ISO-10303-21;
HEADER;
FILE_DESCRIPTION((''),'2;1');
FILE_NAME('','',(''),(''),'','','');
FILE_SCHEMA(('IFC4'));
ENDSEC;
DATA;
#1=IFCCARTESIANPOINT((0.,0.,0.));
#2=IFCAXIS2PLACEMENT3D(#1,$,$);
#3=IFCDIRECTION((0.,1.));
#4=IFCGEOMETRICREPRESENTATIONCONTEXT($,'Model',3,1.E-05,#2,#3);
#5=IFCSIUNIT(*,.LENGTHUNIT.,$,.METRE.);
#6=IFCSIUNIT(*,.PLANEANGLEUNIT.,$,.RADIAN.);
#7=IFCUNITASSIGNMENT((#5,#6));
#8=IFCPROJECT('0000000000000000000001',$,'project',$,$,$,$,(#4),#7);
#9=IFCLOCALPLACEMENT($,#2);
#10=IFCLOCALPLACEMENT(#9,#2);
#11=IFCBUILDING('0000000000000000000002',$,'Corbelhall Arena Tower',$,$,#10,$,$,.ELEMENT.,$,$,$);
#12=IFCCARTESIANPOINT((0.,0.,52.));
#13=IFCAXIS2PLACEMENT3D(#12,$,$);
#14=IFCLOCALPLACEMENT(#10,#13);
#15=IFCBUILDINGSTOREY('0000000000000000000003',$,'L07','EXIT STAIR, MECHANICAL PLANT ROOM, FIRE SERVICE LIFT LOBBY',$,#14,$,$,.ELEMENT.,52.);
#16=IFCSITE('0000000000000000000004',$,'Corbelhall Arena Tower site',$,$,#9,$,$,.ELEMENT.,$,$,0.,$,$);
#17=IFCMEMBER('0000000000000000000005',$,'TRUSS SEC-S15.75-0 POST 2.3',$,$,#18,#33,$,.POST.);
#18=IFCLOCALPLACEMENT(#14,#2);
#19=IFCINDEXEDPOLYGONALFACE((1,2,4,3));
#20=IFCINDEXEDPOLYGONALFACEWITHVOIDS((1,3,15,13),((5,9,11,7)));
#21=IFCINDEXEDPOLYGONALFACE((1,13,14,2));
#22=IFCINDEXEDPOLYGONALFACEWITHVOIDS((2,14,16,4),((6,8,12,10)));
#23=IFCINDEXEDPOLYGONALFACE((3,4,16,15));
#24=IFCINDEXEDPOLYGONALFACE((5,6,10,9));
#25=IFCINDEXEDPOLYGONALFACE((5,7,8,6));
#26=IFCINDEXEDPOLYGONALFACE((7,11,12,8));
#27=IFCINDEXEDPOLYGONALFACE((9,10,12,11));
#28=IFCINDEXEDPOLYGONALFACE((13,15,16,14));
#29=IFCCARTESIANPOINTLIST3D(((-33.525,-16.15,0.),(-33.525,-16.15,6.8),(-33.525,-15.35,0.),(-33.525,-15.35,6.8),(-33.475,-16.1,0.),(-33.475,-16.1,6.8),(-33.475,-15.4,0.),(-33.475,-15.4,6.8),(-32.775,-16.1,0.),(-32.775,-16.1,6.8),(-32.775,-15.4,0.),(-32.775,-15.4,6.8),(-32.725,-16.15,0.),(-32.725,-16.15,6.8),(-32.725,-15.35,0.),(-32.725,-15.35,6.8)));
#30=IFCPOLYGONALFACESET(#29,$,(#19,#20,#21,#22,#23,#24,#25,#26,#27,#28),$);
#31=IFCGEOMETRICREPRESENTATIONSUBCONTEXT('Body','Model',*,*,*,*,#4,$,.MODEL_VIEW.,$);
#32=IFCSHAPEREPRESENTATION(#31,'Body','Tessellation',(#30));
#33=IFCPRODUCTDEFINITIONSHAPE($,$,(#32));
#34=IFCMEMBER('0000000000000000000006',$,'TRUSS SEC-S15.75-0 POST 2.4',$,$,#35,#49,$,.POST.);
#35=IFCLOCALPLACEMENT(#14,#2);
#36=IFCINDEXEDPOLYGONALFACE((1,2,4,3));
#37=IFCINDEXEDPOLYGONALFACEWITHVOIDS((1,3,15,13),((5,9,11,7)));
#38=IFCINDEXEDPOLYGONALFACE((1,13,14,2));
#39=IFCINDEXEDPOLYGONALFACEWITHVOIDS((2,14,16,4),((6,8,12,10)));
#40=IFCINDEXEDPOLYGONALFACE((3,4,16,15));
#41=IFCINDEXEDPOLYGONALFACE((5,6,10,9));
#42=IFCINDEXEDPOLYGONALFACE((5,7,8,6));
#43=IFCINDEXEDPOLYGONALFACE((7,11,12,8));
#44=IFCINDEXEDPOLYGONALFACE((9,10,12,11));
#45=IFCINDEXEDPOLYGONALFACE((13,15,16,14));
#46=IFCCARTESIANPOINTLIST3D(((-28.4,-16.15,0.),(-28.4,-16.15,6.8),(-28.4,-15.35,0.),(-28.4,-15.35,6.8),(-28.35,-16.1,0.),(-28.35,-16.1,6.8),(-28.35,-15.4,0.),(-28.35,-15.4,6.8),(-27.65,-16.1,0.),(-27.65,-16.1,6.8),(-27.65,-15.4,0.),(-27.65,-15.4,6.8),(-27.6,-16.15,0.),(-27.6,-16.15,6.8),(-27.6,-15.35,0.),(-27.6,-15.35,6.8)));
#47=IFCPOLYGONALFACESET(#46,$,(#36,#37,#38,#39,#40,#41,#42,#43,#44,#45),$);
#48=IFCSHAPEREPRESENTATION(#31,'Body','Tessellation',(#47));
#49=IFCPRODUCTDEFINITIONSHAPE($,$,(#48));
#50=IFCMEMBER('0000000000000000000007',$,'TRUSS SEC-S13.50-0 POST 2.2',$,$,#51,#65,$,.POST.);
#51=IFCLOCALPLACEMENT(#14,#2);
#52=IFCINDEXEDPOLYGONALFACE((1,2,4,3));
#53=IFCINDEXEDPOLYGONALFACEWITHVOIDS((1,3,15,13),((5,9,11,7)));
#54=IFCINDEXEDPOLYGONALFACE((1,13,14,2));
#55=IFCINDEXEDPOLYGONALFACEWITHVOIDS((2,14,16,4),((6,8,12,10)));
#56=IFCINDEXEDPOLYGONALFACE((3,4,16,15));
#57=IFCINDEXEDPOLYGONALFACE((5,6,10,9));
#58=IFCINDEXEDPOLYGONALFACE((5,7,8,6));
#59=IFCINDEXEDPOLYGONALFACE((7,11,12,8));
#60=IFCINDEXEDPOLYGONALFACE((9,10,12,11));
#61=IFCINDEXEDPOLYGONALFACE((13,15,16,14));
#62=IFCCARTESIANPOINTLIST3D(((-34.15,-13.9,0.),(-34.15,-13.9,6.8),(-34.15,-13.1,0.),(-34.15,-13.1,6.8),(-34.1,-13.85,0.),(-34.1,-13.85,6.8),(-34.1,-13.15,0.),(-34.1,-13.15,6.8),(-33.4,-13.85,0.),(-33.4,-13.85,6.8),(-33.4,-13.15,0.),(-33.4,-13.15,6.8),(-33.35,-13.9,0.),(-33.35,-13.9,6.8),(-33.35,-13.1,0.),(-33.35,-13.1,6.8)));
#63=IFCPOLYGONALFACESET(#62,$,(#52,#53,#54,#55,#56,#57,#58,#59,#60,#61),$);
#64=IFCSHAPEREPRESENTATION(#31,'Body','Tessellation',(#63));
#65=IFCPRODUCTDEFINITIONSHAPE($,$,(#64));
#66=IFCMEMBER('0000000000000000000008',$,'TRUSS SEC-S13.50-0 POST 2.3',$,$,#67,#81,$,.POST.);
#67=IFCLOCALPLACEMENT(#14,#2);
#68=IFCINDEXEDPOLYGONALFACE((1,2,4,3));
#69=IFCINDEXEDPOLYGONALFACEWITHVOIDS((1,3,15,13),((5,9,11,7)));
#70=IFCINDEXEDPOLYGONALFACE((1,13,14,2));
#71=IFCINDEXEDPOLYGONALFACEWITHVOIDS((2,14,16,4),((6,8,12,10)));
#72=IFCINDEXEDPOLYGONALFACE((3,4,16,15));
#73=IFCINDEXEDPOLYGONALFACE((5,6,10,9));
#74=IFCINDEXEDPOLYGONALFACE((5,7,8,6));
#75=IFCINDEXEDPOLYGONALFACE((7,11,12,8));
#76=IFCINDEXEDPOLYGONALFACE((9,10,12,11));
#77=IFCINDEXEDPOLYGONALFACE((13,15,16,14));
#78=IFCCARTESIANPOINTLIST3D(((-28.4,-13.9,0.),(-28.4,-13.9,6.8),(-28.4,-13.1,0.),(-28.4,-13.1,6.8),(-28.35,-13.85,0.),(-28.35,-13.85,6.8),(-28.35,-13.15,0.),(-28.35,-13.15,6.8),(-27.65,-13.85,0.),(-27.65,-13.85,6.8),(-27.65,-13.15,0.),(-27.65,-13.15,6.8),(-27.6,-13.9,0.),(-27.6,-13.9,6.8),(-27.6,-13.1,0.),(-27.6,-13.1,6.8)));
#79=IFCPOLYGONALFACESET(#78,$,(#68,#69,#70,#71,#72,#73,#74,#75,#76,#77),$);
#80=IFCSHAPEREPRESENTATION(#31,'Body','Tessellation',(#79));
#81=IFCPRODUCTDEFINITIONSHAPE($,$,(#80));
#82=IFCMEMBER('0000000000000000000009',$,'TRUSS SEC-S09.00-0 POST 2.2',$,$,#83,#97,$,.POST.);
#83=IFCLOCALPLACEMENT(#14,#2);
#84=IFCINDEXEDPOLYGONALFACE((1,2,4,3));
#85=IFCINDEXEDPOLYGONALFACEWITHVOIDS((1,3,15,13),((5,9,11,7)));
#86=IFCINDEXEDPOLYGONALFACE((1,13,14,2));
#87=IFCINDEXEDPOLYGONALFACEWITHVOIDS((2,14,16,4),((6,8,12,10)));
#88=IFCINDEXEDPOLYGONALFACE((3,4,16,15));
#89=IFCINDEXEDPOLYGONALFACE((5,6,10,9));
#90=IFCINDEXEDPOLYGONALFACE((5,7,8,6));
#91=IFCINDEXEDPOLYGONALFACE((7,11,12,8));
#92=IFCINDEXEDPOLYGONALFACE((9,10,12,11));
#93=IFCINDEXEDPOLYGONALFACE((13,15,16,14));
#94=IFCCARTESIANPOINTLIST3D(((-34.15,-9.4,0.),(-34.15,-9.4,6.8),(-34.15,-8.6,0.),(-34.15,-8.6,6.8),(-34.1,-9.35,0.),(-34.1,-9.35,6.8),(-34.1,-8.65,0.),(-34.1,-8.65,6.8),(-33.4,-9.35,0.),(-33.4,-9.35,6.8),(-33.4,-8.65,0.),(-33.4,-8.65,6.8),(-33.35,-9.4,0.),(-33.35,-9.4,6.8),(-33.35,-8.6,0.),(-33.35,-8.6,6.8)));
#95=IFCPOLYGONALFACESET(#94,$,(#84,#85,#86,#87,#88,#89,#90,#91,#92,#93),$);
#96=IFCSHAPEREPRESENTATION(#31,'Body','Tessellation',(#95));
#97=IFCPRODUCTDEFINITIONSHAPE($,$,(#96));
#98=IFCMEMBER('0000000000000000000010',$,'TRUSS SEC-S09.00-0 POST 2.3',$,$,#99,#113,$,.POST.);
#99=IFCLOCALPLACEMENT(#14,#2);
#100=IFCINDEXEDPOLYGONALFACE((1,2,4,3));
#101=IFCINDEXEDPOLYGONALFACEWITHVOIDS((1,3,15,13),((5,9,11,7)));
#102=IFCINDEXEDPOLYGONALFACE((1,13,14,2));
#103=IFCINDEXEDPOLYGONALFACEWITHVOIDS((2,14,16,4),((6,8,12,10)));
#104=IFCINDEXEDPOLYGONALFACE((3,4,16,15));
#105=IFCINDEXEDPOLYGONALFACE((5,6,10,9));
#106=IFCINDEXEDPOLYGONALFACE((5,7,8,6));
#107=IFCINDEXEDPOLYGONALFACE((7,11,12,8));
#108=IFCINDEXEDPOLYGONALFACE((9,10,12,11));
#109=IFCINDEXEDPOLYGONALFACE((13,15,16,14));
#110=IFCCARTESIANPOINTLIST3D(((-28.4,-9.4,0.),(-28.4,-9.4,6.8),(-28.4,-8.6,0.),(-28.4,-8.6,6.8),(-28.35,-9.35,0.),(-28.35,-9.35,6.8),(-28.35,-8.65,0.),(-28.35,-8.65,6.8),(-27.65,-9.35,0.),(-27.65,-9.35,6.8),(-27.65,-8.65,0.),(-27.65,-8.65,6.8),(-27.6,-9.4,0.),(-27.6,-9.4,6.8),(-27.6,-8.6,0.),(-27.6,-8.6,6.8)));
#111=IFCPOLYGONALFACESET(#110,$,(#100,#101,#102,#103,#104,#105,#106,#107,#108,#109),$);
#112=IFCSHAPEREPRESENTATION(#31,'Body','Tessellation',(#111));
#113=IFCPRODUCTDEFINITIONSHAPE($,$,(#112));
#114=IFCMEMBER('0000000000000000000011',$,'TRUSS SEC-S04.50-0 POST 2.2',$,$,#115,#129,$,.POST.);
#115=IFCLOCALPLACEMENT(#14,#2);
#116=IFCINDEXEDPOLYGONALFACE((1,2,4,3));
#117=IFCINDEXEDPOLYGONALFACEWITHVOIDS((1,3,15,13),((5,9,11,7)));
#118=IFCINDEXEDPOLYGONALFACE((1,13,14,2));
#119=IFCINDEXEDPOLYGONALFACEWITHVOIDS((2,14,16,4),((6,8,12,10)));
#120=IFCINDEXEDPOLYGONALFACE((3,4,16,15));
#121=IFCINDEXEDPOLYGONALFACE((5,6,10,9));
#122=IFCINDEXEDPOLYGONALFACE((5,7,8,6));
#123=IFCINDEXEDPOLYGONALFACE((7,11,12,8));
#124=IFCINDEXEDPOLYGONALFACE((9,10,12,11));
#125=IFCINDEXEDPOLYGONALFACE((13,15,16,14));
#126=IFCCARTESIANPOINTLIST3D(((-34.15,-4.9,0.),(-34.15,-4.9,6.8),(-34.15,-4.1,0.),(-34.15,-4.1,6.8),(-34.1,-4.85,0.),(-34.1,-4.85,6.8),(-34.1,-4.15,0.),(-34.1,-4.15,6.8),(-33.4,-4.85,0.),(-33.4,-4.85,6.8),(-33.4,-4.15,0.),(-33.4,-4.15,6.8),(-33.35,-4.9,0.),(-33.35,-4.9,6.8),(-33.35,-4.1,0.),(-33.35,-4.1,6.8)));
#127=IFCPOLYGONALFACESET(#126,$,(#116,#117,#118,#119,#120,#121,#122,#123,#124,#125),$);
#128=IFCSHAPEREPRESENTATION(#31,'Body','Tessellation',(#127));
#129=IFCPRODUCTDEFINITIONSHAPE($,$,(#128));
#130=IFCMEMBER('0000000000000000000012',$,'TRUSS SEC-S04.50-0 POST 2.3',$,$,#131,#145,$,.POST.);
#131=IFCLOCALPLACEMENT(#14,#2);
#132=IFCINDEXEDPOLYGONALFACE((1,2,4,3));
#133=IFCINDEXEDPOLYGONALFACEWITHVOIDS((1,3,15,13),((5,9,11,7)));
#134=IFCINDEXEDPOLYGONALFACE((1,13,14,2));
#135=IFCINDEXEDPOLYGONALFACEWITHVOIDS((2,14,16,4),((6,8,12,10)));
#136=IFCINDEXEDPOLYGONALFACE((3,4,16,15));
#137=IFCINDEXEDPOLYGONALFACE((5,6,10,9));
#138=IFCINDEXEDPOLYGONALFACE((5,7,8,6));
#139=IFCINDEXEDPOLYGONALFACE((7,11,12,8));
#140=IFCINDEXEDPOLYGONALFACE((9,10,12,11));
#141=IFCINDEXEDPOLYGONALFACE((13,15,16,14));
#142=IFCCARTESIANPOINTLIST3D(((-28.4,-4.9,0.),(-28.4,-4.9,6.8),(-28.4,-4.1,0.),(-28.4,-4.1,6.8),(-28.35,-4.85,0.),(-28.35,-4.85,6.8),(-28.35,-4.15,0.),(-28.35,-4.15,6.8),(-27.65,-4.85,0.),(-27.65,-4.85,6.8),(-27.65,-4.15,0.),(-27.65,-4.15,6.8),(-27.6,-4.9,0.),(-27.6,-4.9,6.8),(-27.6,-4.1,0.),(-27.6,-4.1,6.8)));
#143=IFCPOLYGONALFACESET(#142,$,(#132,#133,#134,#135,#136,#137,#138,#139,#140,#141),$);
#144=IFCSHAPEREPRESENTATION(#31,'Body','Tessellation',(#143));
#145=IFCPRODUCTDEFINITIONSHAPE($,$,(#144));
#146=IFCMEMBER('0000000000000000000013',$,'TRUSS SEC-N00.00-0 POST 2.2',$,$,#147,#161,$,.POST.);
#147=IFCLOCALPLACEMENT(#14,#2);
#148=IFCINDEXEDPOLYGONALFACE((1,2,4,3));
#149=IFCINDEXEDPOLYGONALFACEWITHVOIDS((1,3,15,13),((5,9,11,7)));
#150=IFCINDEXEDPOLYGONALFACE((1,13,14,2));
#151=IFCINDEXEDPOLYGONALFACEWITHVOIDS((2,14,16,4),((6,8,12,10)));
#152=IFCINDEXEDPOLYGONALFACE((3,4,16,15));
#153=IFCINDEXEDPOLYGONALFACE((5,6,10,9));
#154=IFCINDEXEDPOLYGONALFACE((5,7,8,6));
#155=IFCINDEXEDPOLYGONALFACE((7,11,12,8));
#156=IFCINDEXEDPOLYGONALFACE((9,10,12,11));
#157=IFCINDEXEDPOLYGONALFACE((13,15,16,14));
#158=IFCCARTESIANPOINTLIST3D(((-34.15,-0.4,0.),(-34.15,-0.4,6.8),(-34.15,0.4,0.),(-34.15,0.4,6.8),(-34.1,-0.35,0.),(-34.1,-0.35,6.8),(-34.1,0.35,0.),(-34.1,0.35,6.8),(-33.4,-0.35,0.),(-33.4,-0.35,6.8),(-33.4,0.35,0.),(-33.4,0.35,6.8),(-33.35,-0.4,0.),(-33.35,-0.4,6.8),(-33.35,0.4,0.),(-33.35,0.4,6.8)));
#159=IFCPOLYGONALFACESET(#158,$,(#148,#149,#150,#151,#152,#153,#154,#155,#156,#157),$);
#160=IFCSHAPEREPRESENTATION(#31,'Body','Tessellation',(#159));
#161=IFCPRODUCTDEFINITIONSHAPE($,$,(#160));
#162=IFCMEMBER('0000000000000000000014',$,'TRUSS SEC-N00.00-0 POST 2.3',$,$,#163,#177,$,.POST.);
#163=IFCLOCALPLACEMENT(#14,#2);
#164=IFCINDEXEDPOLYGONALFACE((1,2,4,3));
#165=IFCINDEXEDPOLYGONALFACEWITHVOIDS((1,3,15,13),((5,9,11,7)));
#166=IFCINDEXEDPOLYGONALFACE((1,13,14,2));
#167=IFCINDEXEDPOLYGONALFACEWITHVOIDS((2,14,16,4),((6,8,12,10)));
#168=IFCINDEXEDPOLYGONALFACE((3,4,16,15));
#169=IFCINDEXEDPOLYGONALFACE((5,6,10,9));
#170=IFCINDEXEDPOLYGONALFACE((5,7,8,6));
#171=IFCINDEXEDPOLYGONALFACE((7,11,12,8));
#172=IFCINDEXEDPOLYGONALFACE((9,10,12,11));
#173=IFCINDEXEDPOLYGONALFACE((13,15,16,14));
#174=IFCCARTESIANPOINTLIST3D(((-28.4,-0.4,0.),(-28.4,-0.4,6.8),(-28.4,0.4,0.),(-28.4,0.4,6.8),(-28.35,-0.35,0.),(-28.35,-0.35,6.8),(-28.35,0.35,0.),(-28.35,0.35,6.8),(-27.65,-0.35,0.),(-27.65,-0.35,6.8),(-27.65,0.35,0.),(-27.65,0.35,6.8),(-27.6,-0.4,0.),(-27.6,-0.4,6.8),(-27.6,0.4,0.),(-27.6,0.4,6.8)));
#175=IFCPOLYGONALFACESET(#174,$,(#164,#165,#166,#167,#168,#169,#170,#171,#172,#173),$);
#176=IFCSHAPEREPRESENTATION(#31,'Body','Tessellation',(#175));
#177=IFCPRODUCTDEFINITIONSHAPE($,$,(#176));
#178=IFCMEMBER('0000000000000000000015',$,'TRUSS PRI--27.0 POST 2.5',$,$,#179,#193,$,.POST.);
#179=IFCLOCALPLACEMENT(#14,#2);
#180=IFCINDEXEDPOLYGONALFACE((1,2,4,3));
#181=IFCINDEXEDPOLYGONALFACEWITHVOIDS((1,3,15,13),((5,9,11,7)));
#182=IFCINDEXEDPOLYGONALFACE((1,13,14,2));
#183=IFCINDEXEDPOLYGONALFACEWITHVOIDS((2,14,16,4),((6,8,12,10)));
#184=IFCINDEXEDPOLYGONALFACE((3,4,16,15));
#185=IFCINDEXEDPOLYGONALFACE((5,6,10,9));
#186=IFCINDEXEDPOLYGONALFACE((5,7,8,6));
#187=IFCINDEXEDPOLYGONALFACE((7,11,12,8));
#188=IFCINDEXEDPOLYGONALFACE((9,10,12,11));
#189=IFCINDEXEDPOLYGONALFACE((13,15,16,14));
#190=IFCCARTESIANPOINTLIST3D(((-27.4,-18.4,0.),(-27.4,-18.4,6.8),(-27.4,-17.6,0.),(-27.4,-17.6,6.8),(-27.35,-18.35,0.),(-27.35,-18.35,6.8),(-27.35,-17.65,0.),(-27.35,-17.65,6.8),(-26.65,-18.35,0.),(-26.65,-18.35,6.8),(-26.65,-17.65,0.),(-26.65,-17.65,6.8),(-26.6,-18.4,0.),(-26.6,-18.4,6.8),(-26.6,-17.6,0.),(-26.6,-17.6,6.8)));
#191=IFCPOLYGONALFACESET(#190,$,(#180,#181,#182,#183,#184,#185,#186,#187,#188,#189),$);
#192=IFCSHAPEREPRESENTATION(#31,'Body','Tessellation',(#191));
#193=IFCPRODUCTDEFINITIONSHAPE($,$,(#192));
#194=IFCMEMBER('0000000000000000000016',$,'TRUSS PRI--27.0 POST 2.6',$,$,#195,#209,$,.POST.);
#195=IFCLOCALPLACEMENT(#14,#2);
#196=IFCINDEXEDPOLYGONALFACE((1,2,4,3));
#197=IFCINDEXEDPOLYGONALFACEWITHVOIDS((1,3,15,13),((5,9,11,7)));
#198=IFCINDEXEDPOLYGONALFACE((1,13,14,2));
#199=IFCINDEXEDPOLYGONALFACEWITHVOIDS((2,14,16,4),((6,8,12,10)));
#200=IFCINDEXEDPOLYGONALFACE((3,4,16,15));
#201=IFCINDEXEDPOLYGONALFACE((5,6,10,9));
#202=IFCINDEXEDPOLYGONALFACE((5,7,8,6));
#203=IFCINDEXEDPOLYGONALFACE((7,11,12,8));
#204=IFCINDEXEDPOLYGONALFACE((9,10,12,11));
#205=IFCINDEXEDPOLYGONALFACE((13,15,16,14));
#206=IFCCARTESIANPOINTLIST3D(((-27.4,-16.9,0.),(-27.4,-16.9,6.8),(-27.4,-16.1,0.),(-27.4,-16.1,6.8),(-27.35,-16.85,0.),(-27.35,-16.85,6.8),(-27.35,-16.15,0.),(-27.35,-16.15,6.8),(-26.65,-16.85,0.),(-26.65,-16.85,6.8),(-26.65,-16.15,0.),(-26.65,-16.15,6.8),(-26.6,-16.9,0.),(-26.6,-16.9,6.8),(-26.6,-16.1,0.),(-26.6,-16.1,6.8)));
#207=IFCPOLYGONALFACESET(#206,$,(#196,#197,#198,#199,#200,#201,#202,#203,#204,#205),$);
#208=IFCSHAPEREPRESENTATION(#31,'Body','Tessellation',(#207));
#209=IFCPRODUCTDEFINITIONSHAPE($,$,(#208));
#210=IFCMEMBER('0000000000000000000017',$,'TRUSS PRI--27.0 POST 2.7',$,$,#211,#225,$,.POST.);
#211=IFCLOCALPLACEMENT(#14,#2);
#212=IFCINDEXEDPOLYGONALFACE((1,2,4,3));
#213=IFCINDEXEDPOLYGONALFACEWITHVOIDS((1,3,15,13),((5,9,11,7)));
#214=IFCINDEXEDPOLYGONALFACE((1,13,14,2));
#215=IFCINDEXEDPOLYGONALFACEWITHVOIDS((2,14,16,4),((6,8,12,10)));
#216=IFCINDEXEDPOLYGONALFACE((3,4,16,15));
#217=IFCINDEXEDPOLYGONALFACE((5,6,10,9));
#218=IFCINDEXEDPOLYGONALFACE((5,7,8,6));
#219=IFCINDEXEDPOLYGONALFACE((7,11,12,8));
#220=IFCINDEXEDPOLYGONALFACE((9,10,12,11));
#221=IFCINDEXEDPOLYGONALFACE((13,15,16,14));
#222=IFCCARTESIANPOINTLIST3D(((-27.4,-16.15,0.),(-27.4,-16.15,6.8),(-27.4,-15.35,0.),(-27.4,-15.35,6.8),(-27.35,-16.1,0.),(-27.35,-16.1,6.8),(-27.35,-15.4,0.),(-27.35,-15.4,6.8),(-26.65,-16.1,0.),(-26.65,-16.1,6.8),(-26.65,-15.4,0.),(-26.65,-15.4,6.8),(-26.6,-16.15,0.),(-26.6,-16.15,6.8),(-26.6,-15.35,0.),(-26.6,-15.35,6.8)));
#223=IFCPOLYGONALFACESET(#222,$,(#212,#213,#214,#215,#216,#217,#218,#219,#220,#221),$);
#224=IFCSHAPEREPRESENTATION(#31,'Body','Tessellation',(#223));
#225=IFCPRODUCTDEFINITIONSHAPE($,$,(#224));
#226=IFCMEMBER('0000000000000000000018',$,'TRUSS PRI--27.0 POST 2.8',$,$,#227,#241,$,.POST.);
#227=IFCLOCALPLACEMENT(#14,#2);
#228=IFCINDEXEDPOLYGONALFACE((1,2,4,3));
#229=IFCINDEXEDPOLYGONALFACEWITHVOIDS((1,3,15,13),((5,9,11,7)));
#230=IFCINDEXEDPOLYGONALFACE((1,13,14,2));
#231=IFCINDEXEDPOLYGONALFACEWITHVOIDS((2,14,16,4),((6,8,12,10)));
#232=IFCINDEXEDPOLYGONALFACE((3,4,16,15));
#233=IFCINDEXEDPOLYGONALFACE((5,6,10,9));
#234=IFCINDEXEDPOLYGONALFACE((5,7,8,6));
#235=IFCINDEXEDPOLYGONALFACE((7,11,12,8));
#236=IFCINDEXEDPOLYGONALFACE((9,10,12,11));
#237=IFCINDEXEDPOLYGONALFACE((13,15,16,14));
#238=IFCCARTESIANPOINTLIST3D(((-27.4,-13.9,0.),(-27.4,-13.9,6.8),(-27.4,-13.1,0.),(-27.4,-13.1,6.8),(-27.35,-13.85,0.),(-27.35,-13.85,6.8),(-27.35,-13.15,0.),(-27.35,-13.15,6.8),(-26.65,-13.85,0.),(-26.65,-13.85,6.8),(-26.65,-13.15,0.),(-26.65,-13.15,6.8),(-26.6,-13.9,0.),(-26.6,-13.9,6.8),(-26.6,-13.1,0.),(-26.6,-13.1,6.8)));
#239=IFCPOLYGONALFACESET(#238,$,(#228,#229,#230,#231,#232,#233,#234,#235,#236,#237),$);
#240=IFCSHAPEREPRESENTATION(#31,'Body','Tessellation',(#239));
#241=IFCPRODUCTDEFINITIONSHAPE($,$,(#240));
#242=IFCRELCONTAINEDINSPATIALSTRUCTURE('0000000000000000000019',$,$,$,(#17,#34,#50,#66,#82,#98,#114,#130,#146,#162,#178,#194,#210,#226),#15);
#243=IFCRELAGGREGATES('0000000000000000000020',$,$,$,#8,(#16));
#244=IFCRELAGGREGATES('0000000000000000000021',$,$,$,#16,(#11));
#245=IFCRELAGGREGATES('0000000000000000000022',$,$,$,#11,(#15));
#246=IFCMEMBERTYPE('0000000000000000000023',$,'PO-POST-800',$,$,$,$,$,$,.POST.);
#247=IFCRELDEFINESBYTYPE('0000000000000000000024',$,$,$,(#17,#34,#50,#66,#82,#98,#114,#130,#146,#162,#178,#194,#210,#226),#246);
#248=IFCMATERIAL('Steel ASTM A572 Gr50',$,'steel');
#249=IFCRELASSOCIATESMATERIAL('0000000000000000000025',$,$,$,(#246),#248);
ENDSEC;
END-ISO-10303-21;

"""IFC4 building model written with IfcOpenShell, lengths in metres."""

from ifc_helpers import new_model, si_unit, direction, frame, origin, origin_2d, place, context, subcontext, project, spatial, hollow_rectangle, extrude, material, material_profile, profile_set, type_object, element, save


model = new_model("IFC4")

# Units and contexts
model_context = context("Model", 3, precision=1e-05, world=origin(), true_north=direction((0.0, 1.0)))
body_context = subcontext(model_context, "Body", "Model", "MODEL_VIEW")
ifc_project = project(units=[si_unit("LENGTHUNIT", "METRE"), si_unit("PLANEANGLEUNIT", "RADIAN")], contexts=[model_context])

# Site, building, storey
site_placement = place(None, origin())
site = spatial("IfcSite", under=ifc_project, at=site_placement, Name="Corbelhall Arena Tower site", CompositionType="ELEMENT", RefElevation=0.0)
building_placement = place(site_placement, origin())
building = spatial("IfcBuilding", under=site, at=building_placement, Name="Corbelhall Arena Tower", CompositionType="ELEMENT")
storey_placement = place(building_placement, frame((0.0, 0.0, 52.0)))
storey = spatial("IfcBuildingStorey", under=building, at=storey_placement, Name="L07", Description="EXIT STAIR, MECHANICAL PLANT ROOM, FIRE SERVICE LIFT LOBBY", CompositionType="ELEMENT", Elevation=52.0)

# Members
ifc_material = material(Name="Steel ASTM A572 Gr50", Category="steel")
ifc_material_profile_1 = material_profile(ifc_material, hollow_rectangle(XDim=0.8, YDim=0.8, WallThickness=0.05, at=origin_2d()))
ifc_profile_set_1 = profile_set([ifc_material_profile_1], Name="Steel ASTM A572 Gr50")
member_type_1 = type_object("IfcMemberType", Name="PO-POST-800", PredefinedType="POST", material=ifc_profile_set_1)
for number, where, z_axis, x_axis, name in (
    (1, (-33.125, -15.75, 0.0), (0.0, 0.0, 1.0), (1.0, 0.0, 0.0), "TRUSS SEC-S15.75-0 POST 2.3"),
    (2, (-28.0, -15.75, 0.0), (0.0, 0.0, 1.0), (1.0, 0.0, 0.0), "TRUSS SEC-S15.75-0 POST 2.4"),
    (3, (-33.75, -13.5, 0.0), (0.0, 0.0, 1.0), (1.0, 0.0, 0.0), "TRUSS SEC-S13.50-0 POST 2.2"),
    (4, (-28.0, -13.5, 0.0), (0.0, 0.0, 1.0), (1.0, 0.0, 0.0), "TRUSS SEC-S13.50-0 POST 2.3"),
    (5, (-33.75, -9.0, 0.0), (0.0, 0.0, 1.0), (1.0, 0.0, 0.0), "TRUSS SEC-S09.00-0 POST 2.2"),
    (6, (-28.0, -9.0, 0.0), (0.0, 0.0, 1.0), (1.0, 0.0, 0.0), "TRUSS SEC-S09.00-0 POST 2.3"),
    (7, (-33.75, -4.5, 0.0), (0.0, 0.0, 1.0), (1.0, 0.0, 0.0), "TRUSS SEC-S04.50-0 POST 2.2"),
    (8, (-28.0, -4.5, 0.0), (0.0, 0.0, 1.0), (1.0, 0.0, 0.0), "TRUSS SEC-S04.50-0 POST 2.3"),
    (9, (-33.75, 0.0, 0.0), (0.0, 0.0, 1.0), (1.0, 0.0, 0.0), "TRUSS SEC-N00.00-0 POST 2.2"),
    (10, (-28.0, 0.0, 0.0), (0.0, 0.0, 1.0), (1.0, 0.0, 0.0), "TRUSS SEC-N00.00-0 POST 2.3"),
    (11, (-27.0, -18.0, 0.0), (0.0, 0.0, 1.0), (1.0, 0.0, 0.0), "TRUSS PRI--27.0 POST 2.5"),
    (12, (-27.0, -16.5, 0.0), (0.0, 0.0, 1.0), (1.0, 0.0, 0.0), "TRUSS PRI--27.0 POST 2.6"),
    (13, (-27.0, -15.75, 0.0), (0.0, 0.0, 1.0), (1.0, 0.0, 0.0), "TRUSS PRI--27.0 POST 2.7"),
    (14, (-27.0, -13.5, 0.0), (0.0, 0.0, 1.0), (1.0, 0.0, 0.0), "TRUSS PRI--27.0 POST 2.8"),
):
    element("IfcMember", number, at=place(storey_placement, frame(where, z_axis=z_axis, x_axis=x_axis)), inside=storey, type_object=member_type_1, Name=name, PredefinedType="POST", context=body_context, shape_type="SweptSolid", body=[
        extrude(hollow_rectangle(XDim=0.8, YDim=0.8, WallThickness=0.05, at=origin_2d()), origin(), (0.0, 0.0, 1.0), 6.8),
    ])

save(model, "model.ifc")
